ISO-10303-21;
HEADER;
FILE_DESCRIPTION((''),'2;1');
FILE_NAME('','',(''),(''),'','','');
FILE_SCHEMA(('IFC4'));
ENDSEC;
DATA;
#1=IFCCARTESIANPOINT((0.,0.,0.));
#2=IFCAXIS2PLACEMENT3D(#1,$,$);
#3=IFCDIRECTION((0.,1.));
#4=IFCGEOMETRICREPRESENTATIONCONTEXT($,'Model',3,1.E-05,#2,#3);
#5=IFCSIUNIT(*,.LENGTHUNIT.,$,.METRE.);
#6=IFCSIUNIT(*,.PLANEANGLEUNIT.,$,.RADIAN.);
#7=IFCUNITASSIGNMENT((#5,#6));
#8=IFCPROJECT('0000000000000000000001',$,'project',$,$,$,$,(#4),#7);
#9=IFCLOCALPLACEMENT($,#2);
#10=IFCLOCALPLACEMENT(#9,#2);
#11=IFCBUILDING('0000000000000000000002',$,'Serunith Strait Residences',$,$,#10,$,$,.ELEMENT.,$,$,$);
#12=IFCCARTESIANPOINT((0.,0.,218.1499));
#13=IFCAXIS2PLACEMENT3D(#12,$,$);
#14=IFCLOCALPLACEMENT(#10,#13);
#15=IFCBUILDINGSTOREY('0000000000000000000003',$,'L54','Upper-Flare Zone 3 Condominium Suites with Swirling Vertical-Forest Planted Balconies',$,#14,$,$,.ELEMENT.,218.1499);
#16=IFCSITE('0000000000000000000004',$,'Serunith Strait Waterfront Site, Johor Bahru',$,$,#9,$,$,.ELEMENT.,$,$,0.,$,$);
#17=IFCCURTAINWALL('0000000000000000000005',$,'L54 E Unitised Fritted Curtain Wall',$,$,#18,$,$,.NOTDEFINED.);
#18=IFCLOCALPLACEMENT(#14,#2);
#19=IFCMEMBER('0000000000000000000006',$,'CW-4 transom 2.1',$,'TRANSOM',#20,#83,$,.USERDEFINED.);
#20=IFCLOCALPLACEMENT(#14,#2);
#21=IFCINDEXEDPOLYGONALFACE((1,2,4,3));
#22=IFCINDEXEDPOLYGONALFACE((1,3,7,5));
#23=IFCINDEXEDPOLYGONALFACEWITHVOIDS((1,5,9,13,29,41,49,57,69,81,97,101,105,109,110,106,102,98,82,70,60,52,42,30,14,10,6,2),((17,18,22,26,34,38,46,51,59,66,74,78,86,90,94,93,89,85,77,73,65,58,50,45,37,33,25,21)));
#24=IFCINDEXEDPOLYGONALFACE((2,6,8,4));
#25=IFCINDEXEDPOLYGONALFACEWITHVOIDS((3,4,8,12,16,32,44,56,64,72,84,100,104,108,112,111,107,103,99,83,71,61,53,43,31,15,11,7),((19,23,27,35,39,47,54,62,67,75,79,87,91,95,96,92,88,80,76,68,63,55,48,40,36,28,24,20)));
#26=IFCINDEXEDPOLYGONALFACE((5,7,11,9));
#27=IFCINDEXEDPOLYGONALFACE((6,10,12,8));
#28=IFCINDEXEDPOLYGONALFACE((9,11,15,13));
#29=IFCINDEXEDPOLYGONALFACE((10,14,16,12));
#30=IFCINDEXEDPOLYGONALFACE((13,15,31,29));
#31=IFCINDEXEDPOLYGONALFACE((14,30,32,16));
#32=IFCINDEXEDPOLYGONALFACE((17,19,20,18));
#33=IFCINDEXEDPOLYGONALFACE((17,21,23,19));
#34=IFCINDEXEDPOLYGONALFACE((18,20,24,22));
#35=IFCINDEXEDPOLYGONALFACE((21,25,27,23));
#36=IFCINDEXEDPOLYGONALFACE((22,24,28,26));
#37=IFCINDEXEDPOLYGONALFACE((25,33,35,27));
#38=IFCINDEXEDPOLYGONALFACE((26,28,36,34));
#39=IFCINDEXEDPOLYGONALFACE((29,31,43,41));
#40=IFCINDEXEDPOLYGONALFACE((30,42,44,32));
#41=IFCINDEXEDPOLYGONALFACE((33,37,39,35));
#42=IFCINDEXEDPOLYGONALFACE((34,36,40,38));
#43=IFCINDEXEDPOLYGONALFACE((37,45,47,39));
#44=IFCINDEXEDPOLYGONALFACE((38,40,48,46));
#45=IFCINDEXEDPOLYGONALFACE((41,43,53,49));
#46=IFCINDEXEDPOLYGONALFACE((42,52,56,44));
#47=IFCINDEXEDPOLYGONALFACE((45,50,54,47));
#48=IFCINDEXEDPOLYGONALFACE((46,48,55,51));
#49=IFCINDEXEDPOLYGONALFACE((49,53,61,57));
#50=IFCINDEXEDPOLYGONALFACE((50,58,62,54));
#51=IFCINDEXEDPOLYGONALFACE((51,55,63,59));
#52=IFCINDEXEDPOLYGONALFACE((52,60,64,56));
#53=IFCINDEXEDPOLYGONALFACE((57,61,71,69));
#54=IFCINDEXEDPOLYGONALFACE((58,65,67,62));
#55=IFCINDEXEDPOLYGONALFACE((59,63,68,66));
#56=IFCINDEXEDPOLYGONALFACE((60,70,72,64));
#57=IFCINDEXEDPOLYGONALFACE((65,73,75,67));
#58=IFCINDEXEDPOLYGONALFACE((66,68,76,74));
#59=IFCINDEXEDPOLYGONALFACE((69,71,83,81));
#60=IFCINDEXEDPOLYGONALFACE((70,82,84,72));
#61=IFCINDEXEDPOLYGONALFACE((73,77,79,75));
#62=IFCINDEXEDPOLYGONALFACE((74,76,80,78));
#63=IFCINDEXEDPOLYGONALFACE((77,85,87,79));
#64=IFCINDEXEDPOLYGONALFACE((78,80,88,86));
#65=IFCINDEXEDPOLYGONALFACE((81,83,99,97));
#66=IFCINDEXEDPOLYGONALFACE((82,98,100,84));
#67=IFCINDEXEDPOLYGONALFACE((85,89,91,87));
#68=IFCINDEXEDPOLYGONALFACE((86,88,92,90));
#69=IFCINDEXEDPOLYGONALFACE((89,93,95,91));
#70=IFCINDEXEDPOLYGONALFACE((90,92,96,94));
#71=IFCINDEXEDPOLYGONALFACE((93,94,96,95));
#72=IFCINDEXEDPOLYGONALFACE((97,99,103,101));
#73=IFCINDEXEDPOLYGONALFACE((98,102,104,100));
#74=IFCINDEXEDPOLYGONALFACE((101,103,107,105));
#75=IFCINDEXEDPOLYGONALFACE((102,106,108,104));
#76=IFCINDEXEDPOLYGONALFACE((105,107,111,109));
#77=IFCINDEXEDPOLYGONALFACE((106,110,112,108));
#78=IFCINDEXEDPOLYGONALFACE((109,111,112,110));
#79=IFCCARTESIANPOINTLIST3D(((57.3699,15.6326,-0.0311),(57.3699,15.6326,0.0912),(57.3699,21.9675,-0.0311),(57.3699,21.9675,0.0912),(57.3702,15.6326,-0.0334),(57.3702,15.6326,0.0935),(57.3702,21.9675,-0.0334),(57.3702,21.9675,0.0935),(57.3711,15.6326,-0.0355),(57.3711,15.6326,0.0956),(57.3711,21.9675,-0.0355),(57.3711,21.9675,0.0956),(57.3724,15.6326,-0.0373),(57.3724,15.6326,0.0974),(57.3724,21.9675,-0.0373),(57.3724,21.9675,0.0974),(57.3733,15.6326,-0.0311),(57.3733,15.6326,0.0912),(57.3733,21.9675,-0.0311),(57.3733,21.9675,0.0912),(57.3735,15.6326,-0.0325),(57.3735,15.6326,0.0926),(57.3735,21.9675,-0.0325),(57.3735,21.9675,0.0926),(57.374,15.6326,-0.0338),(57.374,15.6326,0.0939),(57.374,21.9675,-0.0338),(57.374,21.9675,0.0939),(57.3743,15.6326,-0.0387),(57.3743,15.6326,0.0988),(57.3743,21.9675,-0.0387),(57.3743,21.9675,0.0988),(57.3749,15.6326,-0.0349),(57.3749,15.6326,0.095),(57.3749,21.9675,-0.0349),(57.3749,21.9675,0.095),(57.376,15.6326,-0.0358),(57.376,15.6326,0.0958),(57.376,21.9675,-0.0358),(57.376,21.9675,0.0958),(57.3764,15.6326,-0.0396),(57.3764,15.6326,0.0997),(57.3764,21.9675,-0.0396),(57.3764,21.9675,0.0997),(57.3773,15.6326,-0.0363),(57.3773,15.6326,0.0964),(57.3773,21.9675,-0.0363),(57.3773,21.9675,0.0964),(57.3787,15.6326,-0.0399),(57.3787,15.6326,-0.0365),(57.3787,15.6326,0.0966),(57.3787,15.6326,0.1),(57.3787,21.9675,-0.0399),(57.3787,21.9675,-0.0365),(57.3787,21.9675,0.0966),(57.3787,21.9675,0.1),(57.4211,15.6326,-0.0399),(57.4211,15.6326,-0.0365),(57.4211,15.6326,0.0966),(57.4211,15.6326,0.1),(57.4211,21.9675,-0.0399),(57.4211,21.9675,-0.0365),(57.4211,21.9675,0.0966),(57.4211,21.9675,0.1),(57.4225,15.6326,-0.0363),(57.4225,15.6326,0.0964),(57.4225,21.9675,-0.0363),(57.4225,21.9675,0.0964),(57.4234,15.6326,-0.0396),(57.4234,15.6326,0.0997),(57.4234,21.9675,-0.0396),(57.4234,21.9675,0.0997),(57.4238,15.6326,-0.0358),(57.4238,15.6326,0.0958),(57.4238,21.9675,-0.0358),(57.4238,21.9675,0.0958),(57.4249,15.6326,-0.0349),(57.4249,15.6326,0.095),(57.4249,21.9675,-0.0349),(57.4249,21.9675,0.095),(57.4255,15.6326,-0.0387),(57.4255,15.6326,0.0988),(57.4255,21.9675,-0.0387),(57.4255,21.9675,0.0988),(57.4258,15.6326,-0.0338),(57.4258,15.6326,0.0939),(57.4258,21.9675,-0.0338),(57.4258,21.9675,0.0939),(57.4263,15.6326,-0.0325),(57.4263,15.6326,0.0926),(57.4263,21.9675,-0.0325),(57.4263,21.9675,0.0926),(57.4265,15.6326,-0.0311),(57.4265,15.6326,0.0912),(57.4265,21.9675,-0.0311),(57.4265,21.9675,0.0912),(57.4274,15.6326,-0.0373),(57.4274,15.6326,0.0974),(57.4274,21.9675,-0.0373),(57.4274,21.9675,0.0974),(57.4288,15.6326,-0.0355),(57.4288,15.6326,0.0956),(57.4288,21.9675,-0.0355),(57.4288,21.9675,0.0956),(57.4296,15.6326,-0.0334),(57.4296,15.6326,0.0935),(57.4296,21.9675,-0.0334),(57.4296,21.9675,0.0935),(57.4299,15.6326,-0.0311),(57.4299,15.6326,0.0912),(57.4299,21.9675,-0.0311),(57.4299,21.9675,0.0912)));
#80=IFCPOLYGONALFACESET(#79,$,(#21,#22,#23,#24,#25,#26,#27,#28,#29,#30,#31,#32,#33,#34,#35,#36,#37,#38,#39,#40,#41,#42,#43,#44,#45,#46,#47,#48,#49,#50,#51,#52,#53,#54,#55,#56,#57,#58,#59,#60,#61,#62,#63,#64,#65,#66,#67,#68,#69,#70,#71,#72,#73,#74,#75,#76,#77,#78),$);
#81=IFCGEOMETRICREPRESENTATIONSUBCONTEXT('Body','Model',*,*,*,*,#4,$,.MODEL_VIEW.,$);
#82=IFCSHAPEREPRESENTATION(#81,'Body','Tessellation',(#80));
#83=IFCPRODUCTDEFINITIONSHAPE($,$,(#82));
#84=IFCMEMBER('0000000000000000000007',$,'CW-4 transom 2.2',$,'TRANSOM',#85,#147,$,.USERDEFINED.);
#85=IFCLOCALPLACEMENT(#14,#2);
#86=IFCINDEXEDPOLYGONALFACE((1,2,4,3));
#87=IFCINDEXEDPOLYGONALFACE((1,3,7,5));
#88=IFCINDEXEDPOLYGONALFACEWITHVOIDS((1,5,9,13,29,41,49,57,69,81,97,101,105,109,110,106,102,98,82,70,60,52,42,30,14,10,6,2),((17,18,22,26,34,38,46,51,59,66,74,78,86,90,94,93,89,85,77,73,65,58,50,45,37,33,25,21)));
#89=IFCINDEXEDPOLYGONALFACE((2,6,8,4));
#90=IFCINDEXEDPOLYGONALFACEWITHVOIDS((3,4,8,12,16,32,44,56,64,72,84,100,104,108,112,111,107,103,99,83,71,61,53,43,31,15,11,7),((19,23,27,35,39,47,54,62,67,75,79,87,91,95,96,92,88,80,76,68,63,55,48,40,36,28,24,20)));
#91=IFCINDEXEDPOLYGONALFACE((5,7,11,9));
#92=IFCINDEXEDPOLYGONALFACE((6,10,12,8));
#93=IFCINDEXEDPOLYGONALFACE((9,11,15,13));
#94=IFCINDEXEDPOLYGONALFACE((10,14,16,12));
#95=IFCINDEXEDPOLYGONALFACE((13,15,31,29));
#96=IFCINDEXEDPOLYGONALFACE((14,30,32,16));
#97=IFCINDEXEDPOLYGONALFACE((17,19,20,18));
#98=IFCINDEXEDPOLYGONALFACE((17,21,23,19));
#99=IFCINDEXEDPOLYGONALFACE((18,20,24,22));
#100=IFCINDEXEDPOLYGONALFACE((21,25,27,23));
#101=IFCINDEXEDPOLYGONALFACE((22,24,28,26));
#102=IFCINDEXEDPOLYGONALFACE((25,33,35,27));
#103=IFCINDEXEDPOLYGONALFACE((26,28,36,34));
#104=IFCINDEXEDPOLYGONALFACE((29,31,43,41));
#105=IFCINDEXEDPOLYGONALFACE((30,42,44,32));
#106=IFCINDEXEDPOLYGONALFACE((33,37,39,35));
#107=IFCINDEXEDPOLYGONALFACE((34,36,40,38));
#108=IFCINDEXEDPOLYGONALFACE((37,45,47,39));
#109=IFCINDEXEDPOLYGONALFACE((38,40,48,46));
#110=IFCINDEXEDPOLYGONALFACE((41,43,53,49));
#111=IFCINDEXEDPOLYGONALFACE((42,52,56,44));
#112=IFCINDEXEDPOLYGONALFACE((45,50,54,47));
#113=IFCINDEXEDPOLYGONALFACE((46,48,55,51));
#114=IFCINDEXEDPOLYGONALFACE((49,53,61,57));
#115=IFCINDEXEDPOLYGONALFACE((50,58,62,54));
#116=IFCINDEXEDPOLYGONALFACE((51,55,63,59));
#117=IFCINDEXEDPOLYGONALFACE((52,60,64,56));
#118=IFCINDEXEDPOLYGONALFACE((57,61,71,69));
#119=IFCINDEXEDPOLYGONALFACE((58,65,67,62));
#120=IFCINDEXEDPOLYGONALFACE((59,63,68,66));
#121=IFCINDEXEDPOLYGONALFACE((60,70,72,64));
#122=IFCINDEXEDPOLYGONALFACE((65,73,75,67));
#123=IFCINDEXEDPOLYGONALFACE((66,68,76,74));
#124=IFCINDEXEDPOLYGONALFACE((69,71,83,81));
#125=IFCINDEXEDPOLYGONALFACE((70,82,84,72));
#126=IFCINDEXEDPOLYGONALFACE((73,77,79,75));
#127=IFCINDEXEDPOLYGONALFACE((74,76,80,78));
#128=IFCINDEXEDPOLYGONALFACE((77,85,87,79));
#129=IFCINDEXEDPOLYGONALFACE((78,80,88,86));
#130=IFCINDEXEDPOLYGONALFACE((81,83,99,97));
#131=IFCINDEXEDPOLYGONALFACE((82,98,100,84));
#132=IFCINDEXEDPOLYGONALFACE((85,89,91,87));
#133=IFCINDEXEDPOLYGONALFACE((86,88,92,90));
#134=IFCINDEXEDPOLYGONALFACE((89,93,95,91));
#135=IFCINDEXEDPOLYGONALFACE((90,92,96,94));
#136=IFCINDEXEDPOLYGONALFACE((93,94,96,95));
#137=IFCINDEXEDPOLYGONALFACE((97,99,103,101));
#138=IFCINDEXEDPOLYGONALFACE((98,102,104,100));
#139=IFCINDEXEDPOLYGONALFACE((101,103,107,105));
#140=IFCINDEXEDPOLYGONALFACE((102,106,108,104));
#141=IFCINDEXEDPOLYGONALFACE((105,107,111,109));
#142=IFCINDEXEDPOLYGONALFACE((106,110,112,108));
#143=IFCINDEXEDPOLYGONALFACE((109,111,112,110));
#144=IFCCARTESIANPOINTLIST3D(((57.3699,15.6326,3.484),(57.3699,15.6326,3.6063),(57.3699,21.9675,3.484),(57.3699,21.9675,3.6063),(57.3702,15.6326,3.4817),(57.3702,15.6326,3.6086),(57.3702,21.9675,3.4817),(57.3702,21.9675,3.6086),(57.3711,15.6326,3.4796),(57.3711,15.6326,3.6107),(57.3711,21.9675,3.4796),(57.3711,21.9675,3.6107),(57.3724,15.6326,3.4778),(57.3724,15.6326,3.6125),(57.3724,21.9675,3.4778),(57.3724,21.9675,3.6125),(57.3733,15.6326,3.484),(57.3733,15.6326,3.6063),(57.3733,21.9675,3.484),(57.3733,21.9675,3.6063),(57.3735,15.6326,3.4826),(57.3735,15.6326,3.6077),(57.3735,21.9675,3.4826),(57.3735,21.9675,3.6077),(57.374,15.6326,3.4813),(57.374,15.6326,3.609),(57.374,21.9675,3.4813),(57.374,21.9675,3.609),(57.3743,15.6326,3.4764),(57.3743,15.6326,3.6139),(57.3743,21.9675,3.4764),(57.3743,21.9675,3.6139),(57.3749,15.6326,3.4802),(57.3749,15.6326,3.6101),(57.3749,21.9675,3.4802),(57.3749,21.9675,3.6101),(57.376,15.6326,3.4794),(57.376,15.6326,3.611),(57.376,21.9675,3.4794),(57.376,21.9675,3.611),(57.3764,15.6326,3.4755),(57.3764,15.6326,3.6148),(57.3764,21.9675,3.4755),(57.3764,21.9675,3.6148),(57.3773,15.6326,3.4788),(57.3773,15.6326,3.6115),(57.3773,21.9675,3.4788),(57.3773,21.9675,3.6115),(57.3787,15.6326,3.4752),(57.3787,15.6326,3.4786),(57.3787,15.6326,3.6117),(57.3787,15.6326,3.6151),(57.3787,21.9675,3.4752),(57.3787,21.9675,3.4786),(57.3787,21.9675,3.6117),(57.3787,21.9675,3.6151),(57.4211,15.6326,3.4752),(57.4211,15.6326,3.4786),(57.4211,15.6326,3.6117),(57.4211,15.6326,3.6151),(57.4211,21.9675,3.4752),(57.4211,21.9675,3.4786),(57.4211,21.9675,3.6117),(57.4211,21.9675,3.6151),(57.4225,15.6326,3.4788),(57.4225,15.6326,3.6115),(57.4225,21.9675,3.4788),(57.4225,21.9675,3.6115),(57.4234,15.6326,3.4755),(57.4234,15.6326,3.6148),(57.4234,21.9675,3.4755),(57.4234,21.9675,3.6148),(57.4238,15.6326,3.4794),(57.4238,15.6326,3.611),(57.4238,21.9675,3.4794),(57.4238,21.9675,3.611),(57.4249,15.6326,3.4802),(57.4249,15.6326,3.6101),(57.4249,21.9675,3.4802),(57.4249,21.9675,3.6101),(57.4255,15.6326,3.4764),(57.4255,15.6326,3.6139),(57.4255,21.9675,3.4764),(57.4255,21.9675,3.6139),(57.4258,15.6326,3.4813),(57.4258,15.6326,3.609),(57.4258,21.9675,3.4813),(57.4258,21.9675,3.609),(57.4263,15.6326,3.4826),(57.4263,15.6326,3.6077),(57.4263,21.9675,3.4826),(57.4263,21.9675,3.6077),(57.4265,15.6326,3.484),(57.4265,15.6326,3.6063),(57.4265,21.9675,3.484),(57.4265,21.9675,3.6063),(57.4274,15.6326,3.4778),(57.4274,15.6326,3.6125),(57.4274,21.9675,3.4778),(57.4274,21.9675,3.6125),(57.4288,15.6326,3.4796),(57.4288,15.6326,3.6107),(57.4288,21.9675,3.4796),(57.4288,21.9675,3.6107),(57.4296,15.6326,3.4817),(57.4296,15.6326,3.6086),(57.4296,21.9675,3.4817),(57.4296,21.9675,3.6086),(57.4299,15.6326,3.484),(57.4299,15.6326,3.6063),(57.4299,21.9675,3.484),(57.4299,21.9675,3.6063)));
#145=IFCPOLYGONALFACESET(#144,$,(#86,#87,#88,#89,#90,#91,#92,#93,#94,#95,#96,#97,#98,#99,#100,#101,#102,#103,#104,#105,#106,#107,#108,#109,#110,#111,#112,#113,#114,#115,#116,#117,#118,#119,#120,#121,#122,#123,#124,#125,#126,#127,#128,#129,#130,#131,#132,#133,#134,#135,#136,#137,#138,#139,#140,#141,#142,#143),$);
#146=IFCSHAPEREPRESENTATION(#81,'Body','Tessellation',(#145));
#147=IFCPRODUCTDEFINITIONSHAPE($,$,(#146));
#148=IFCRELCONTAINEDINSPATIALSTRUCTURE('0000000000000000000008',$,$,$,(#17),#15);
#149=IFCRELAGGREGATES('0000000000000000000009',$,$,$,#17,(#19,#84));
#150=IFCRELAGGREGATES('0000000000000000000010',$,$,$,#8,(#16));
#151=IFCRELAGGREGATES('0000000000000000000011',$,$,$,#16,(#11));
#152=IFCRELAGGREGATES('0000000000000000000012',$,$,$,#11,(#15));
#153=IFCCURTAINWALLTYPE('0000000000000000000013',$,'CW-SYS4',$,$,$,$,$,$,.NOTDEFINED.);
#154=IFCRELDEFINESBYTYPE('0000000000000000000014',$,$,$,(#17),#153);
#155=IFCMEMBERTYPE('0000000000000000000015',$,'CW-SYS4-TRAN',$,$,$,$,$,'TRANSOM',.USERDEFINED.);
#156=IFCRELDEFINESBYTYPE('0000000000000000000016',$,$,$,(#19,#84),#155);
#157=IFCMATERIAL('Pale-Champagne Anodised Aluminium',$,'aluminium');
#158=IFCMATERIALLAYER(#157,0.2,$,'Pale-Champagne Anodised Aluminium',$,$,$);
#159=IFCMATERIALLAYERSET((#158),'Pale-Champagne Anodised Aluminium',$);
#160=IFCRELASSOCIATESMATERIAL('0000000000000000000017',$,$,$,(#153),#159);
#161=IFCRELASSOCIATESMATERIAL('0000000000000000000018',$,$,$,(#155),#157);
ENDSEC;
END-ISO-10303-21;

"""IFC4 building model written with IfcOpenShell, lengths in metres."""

from ifc_helpers import new_model, si_unit, direction, frame, origin, origin_2d, place, context, subcontext, project, spatial, hollow_rectangle, extrude, source, transform, mapped, material, layer, layer_set, material_profile, profile_set, type_object, element, aggregate, save


model = new_model("IFC4")

# Units and contexts
model_context = context("Model", 3, precision=1e-05, world=origin(), true_north=direction((0.0, 1.0)))
body_context = subcontext(model_context, "Body", "Model", "MODEL_VIEW")
ifc_project = project(units=[si_unit("LENGTHUNIT", "METRE"), si_unit("PLANEANGLEUNIT", "RADIAN")], contexts=[model_context])

# Site, building, storey
site_placement = place(None, origin())
site = spatial("IfcSite", under=ifc_project, at=site_placement, Name="Serunith Strait Waterfront Site, Johor Bahru", CompositionType="ELEMENT", RefElevation=0.0)
building_placement = place(site_placement, origin())
building = spatial("IfcBuilding", under=site, at=building_placement, Name="Serunith Strait Residences", CompositionType="ELEMENT")
storey_placement = place(building_placement, frame((0.0, 0.0, 218.1499)))
storey = spatial("IfcBuildingStorey", under=building, at=storey_placement, Name="L54", Description="Upper-Flare Zone 3 Condominium Suites with Swirling Vertical-Forest Planted Balconies", CompositionType="ELEMENT", Elevation=218.1499)

# Curtain wall, members
ifc_material_1 = material(Name="Pale-Champagne Anodised Aluminium", Category="aluminium")
ifc_layer_1 = layer(ifc_material_1, 0.2, Name="Pale-Champagne Anodised Aluminium")
ifc_layer_set_1 = layer_set([ifc_layer_1], Name="Pale-Champagne Anodised Aluminium")
curtain_wall_type = type_object("IfcCurtainWallType", Name="CW-SYS4", PredefinedType="NOTDEFINED", material=ifc_layer_set_1)
curtain_wall_placement = place(storey_placement, origin())
curtain_wall = element("IfcCurtainWall", 1, at=curtain_wall_placement, inside=storey, type_object=curtain_wall_type, Name="L54 E Unitised Fritted Curtain Wall", PredefinedType="NOTDEFINED")
ifc_material_profile_1 = material_profile(ifc_material_1, hollow_rectangle(XDim=0.0601, YDim=0.1399, WallThickness=0.0034, InnerFilletRadius=0.0054, OuterFilletRadius=0.0088, at=origin_2d()), Name="ALU 140x60x3.5")
ifc_profile_set_1 = profile_set([ifc_material_profile_1], Name="Pale-Champagne Anodised Aluminium")
member_type_1 = type_object("IfcMemberType", Name="CW-SYS4-TRAN", ElementType="TRANSOM", PredefinedType="USERDEFINED", material=ifc_profile_set_1)
shared_shape_1 = source(origin(), body_context, "Body", "SweptSolid", [
    extrude(hollow_rectangle(XDim=0.0601, YDim=0.1399, WallThickness=0.0034, InnerFilletRadius=0.0054, OuterFilletRadius=0.0088, at=origin_2d()), origin(), (0.0, 0.0, 1.0), 6.335),
])
member_1_placement = place(storey_placement, frame((57.3999, 15.6326, 0.03), z_axis=(0.0, 1.0, 0.0), x_axis=(-1.0, 0.0, 0.0)))
member_1 = element("IfcMember", 2, at=member_1_placement, type_object=member_type_1, Name="CW-4 transom 2.1", ObjectType="TRANSOM", PredefinedType="USERDEFINED", context=body_context, shape_type="MappedRepresentation", body=[
    mapped(shared_shape_1, transform((0.0, 0.0, 0.0), scale=1.0)),
])
member_2_placement = place(storey_placement, frame((57.3999, 15.6326, 3.5452), z_axis=(0.0, 1.0, 0.0), x_axis=(-1.0, 0.0, 0.0)))
member_2 = element("IfcMember", 3, at=member_2_placement, type_object=member_type_1, Name="CW-4 transom 2.2", ObjectType="TRANSOM", PredefinedType="USERDEFINED", context=body_context, shape_type="MappedRepresentation", body=[
    mapped(shared_shape_1, transform((0.0, 0.0, 0.0), scale=1.0)),
])
aggregate(curtain_wall, [member_1, member_2])

save(model, "model.ifc")
